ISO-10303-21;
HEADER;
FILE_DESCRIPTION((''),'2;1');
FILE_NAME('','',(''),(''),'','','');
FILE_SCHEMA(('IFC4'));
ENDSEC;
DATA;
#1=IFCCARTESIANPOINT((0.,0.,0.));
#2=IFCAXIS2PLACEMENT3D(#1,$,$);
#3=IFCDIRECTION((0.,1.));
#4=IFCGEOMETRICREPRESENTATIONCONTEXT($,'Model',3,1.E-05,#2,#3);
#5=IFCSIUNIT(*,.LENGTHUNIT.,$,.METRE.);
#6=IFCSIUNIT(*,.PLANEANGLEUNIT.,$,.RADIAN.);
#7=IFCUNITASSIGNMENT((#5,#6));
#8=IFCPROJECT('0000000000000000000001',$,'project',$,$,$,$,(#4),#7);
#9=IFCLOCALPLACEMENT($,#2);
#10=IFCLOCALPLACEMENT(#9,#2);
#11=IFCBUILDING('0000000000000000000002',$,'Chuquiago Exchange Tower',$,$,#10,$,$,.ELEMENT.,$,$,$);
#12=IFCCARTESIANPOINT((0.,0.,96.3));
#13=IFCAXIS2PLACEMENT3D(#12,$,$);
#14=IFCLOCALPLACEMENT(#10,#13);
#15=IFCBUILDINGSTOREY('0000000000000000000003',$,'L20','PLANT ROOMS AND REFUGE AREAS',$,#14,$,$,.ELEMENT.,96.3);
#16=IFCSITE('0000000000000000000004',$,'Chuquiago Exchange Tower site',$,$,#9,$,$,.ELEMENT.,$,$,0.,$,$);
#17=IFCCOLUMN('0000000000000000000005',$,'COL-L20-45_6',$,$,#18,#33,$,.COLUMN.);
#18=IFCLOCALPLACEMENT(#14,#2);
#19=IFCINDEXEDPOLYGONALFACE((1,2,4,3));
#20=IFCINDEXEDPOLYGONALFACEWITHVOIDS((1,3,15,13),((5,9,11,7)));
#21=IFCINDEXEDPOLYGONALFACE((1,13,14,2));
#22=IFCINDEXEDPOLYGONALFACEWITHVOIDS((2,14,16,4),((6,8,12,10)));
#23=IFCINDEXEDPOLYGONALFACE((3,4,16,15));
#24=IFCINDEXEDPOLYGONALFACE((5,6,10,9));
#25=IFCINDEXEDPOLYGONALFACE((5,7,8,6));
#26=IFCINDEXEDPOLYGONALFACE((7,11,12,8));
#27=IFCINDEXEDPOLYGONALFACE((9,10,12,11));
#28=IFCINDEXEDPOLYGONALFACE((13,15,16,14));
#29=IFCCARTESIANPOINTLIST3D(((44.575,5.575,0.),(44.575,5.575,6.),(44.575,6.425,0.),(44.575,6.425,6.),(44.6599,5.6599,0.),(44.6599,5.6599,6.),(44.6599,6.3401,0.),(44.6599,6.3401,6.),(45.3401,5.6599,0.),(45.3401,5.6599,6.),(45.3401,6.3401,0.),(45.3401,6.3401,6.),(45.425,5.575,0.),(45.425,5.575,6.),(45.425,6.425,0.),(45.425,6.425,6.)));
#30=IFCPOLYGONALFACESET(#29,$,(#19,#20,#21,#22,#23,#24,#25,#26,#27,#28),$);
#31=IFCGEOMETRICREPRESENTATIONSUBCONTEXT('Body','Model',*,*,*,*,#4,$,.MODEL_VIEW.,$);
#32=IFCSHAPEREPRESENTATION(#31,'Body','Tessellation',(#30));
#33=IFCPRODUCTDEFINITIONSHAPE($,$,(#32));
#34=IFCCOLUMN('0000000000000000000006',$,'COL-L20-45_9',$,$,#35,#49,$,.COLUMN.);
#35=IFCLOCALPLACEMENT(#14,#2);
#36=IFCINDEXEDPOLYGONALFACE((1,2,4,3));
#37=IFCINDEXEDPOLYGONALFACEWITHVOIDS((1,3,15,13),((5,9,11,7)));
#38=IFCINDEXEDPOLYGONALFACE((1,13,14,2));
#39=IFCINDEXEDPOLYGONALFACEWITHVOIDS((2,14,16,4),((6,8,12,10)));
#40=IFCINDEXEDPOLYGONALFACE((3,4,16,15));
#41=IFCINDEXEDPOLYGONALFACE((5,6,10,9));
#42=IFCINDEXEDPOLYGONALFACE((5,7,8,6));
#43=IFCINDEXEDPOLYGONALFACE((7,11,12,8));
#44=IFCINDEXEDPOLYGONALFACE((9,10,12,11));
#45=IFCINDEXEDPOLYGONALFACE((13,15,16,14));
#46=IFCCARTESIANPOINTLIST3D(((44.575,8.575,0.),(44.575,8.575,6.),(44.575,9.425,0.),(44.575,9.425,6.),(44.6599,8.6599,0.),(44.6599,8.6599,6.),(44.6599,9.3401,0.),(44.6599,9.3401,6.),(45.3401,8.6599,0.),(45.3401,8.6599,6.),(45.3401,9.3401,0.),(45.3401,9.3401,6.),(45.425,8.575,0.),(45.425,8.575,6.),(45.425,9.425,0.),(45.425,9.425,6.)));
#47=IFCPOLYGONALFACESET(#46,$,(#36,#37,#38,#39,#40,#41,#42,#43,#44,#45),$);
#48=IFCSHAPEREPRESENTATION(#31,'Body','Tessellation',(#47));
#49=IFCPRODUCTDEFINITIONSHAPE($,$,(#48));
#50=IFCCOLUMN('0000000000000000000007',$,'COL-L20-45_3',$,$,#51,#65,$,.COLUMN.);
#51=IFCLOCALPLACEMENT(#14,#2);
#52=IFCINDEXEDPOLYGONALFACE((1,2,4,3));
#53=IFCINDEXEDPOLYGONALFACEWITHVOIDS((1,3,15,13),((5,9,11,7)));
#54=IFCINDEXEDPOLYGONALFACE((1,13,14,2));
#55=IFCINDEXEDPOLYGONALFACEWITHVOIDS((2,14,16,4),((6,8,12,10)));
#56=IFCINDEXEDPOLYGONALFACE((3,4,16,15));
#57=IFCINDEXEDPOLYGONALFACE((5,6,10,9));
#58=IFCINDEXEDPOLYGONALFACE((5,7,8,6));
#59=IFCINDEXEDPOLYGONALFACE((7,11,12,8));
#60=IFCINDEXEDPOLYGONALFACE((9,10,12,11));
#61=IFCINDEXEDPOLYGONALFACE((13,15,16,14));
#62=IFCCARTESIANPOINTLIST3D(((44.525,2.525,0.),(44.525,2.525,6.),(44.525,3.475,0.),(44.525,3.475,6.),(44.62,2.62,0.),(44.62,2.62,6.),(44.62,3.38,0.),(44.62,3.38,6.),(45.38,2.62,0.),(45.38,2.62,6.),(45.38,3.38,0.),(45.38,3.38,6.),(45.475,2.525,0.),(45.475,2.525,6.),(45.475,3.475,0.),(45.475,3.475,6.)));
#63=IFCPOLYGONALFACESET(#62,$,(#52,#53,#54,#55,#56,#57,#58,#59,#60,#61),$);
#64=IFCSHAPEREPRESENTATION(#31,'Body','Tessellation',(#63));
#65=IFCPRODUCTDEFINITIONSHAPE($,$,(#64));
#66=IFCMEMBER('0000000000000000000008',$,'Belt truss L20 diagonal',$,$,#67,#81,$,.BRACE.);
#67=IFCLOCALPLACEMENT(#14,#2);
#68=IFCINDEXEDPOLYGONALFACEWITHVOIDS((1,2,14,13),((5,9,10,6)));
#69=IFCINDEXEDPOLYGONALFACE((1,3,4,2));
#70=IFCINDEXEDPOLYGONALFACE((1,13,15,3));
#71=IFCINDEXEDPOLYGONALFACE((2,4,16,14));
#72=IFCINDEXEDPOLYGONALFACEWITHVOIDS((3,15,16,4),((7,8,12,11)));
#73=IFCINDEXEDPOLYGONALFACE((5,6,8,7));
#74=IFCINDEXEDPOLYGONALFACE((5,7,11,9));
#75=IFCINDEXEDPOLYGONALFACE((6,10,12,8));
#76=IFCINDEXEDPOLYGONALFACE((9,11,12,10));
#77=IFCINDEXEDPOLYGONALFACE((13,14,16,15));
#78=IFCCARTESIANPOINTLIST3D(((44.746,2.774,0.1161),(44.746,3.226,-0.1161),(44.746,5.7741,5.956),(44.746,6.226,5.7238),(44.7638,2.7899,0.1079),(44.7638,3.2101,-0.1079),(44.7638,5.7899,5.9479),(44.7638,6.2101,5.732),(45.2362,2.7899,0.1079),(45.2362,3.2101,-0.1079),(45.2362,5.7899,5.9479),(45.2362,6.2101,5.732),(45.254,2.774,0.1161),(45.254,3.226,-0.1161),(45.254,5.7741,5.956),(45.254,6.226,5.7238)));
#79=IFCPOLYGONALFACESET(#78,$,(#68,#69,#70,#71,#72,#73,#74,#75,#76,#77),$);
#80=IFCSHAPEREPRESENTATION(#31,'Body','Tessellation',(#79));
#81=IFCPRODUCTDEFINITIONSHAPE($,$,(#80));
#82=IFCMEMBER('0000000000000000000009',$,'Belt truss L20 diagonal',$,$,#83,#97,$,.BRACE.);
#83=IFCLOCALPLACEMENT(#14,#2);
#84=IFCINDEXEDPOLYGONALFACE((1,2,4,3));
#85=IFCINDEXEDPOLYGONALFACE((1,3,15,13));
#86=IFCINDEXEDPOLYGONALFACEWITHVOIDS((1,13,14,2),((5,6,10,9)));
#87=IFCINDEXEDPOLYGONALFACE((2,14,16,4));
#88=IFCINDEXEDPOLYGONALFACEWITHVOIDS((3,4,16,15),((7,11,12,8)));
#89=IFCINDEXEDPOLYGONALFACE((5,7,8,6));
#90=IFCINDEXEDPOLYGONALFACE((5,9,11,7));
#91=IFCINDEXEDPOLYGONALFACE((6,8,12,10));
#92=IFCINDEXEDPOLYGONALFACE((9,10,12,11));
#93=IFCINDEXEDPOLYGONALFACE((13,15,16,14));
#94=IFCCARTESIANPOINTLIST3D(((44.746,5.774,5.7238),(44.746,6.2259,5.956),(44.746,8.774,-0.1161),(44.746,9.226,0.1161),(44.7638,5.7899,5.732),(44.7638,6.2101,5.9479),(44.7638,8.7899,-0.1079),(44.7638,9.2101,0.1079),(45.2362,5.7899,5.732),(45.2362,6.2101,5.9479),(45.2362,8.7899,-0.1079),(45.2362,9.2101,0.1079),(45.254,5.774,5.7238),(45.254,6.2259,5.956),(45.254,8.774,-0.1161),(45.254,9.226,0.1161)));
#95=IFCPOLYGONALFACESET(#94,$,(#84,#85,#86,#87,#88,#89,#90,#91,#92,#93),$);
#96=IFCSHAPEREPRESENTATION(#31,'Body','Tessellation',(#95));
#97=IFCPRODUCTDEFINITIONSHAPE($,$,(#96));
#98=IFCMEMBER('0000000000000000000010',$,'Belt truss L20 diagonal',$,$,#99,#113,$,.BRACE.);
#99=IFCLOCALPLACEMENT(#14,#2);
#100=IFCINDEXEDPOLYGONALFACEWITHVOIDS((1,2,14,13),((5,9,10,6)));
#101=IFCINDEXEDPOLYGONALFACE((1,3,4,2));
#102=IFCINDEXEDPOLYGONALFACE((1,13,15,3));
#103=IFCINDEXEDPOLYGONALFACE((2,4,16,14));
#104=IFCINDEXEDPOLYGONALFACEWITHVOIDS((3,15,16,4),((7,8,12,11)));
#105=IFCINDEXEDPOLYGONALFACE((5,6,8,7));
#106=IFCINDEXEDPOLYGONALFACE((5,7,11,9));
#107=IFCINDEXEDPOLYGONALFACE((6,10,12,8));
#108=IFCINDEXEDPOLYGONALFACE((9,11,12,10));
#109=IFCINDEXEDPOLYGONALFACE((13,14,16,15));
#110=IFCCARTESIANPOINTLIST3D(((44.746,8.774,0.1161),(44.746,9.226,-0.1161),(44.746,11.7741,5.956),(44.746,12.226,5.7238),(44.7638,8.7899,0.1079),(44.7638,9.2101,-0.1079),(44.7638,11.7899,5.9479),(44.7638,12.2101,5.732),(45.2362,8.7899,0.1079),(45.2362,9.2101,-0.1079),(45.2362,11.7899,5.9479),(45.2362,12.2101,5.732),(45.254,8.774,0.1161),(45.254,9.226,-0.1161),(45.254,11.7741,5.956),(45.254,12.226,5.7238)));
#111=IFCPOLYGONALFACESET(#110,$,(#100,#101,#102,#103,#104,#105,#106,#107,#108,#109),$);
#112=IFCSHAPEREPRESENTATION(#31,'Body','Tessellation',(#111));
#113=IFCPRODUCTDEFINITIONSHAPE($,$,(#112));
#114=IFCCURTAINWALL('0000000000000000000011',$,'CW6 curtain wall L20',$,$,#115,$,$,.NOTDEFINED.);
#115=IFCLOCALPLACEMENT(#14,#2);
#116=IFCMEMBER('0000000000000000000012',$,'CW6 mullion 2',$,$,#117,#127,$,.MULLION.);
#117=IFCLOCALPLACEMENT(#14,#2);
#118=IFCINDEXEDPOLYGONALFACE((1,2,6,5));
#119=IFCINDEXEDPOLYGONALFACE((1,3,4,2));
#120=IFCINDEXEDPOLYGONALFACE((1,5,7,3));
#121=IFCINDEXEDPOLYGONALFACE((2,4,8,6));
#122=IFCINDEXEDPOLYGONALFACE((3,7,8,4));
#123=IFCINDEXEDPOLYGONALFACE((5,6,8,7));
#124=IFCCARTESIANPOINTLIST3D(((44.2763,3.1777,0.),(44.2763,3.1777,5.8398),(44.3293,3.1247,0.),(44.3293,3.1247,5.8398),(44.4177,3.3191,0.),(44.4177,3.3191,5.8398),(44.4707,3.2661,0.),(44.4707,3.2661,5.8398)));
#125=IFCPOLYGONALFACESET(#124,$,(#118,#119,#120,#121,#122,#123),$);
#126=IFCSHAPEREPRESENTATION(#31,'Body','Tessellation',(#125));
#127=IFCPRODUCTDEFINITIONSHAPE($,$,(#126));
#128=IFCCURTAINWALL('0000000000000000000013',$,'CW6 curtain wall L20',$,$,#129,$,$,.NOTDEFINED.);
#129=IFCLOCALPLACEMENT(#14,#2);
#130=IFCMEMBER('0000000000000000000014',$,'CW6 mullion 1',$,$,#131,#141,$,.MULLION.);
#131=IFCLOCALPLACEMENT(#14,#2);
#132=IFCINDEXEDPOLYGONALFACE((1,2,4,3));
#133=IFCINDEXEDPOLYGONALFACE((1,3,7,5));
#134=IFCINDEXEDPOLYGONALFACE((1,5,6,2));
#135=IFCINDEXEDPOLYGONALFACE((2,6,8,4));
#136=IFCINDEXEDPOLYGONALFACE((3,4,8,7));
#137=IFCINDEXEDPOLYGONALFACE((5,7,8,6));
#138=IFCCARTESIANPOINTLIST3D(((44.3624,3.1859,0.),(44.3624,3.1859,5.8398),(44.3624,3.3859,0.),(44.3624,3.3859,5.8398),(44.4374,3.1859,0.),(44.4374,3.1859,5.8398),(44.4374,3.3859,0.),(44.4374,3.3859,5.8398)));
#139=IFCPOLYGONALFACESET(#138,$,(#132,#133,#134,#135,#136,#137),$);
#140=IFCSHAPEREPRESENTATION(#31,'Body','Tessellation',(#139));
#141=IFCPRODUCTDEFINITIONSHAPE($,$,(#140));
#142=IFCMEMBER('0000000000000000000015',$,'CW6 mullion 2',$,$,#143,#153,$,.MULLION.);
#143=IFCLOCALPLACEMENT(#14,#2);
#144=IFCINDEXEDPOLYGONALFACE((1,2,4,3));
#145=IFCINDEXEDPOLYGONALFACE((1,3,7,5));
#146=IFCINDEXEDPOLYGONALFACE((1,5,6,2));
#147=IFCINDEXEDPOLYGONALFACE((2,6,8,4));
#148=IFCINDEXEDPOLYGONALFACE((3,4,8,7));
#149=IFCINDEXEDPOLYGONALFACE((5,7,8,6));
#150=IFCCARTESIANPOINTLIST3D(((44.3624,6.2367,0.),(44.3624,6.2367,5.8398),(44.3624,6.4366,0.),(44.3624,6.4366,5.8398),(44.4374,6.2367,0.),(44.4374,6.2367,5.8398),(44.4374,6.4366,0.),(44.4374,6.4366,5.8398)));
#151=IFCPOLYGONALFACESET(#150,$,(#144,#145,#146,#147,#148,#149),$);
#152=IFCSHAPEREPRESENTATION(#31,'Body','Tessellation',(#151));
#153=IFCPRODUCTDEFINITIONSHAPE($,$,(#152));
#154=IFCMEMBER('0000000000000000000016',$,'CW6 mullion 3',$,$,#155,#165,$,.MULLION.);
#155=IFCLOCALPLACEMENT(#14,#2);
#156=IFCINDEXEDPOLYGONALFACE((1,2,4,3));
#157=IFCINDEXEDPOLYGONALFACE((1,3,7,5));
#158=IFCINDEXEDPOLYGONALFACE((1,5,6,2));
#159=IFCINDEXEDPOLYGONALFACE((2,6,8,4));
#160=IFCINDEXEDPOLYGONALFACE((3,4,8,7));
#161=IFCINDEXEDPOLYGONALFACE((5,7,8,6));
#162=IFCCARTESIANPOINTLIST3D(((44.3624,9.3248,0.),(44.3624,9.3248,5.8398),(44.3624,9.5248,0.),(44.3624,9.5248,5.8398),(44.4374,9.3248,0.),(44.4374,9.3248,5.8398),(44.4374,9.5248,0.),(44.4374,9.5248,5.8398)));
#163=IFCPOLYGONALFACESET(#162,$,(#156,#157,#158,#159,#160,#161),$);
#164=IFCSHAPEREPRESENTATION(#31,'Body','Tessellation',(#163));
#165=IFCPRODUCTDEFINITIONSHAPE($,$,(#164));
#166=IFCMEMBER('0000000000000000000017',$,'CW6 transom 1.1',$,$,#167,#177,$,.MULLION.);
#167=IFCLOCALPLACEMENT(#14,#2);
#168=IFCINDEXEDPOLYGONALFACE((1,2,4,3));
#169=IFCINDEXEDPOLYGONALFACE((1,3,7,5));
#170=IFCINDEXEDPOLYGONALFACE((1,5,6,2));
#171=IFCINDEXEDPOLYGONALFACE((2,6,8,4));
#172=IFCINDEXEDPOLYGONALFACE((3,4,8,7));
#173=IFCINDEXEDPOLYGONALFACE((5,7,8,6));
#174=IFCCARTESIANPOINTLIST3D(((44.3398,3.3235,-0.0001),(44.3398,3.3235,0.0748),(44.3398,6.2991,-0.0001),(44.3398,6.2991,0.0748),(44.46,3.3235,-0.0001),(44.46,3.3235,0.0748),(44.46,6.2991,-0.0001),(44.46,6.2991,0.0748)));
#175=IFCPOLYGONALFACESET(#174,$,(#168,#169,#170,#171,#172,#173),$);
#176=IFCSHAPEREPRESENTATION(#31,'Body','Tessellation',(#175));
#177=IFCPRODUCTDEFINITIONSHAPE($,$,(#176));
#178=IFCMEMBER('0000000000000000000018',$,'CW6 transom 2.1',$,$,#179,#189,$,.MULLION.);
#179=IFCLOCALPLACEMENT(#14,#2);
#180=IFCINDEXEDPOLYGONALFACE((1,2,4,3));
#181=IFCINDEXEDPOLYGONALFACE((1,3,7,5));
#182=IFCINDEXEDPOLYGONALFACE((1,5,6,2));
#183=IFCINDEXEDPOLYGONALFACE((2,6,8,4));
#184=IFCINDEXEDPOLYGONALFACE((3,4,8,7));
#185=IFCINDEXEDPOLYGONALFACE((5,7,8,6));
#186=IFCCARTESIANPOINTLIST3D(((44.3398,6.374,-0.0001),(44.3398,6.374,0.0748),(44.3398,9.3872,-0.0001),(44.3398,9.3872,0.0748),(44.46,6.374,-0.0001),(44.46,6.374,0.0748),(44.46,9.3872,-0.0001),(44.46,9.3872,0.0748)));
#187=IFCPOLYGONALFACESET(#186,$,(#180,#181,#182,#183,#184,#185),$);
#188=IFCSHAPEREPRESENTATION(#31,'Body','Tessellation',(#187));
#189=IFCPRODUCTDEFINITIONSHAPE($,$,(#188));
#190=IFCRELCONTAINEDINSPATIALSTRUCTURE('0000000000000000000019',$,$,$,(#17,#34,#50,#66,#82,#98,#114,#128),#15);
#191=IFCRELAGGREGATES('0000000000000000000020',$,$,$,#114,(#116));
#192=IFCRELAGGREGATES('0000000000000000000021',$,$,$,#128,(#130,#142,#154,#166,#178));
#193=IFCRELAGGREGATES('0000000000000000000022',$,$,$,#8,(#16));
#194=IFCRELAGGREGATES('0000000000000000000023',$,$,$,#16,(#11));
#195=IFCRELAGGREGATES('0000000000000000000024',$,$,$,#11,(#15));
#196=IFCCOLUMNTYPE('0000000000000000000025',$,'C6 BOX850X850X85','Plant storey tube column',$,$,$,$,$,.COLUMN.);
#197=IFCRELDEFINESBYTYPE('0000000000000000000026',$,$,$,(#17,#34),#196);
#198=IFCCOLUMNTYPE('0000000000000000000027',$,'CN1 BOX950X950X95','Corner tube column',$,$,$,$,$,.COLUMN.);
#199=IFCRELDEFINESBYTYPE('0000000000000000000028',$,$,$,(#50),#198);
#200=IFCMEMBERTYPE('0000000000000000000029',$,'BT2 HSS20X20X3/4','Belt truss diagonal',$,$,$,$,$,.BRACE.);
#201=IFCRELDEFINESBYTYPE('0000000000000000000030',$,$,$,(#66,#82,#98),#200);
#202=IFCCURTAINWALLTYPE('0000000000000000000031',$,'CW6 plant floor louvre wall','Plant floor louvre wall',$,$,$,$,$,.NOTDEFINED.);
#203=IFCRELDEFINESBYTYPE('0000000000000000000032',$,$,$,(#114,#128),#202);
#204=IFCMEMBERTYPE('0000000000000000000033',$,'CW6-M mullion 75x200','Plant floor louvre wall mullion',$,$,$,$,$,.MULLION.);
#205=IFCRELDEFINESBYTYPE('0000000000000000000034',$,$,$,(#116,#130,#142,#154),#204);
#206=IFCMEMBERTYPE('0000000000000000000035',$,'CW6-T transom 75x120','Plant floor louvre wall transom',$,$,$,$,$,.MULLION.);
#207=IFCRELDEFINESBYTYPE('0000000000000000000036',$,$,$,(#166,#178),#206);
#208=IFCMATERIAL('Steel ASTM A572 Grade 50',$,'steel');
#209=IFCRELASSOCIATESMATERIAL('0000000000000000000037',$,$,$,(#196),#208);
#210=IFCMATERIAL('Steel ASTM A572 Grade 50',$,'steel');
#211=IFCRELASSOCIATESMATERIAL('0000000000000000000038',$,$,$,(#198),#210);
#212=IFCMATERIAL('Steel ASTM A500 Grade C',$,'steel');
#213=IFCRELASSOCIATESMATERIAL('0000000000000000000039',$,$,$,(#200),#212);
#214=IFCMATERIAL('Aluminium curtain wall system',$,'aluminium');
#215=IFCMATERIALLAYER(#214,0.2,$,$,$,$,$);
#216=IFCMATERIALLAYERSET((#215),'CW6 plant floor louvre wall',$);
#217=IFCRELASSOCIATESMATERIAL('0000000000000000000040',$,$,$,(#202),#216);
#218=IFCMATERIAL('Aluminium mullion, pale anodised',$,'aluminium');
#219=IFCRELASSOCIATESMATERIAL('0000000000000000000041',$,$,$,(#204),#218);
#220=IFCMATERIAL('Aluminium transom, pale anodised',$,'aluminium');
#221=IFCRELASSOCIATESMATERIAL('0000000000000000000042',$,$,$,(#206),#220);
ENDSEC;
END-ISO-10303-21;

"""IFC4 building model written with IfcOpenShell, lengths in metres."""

from ifc_helpers import new_model, si_unit, direction, frame, origin, origin_2d, place, context, subcontext, project, spatial, rectangle, hollow_rectangle, extrude, material, layer, layer_set, material_profile, profile_set, type_object, element, aggregate, save


model = new_model("IFC4")

# Units and contexts
model_context = context("Model", 3, precision=1e-05, world=origin(), true_north=direction((0.0, 1.0)))
body_context = subcontext(model_context, "Body", "Model", "MODEL_VIEW")
ifc_project = project(units=[si_unit("LENGTHUNIT", "METRE"), si_unit("PLANEANGLEUNIT", "RADIAN")], contexts=[model_context])

# Site, building, storey
site_placement = place(None, origin())
site = spatial("IfcSite", under=ifc_project, at=site_placement, Name="Chuquiago Exchange Tower site", CompositionType="ELEMENT", RefElevation=0.0)
building_placement = place(site_placement, origin())
building = spatial("IfcBuilding", under=site, at=building_placement, Name="Chuquiago Exchange Tower", CompositionType="ELEMENT")
storey_placement = place(building_placement, frame((0.0, 0.0, 96.3)))
storey = spatial("IfcBuildingStorey", under=building, at=storey_placement, Name="L20", Description="PLANT ROOMS AND REFUGE AREAS", CompositionType="ELEMENT", Elevation=96.3)

# Columns
ifc_material_1 = material(Name="Steel ASTM A572 Grade 50", Category="steel")
ifc_material_profile_1 = material_profile(ifc_material_1, hollow_rectangle(XDim=0.8501, YDim=0.8501, WallThickness=0.085, at=origin_2d()), Name="BOX850X850X85")
ifc_profile_set_1 = profile_set([ifc_material_profile_1], Name="Steel ASTM A572 Grade 50")
column_type_1 = type_object("IfcColumnType", Name="C6 BOX850X850X85", Description="Plant storey tube column", PredefinedType="COLUMN", material=ifc_profile_set_1)
for number, where, z_axis, x_axis, name in (
    (1, (45.0, 6.0, 0.0), (0.0, 0.0, 1.0), (1.0, 0.0, 0.0), "COL-L20-45_6"),
    (2, (45.0, 9.0, 0.0), (0.0, 0.0, 1.0), (1.0, 0.0, 0.0), "COL-L20-45_9"),
):
    element("IfcColumn", number, at=place(storey_placement, frame(where, z_axis=z_axis, x_axis=x_axis)), inside=storey, type_object=column_type_1, Name=name, PredefinedType="COLUMN", context=body_context, shape_type="SweptSolid", body=[
        extrude(hollow_rectangle(XDim=0.8501, YDim=0.8501, WallThickness=0.085, at=origin_2d()), origin(), (0.0, 0.0, 1.0), 6.0),
    ])
ifc_material_2 = material(Name="Steel ASTM A572 Grade 50", Category="steel")
ifc_material_profile_2 = material_profile(ifc_material_2, hollow_rectangle(XDim=0.95, YDim=0.95, WallThickness=0.095, at=origin_2d()), Name="BOX950X950X95")
ifc_profile_set_2 = profile_set([ifc_material_profile_2], Name="Steel ASTM A572 Grade 50")
column_type_2 = type_object("IfcColumnType", Name="CN1 BOX950X950X95", Description="Corner tube column", PredefinedType="COLUMN", material=ifc_profile_set_2)
column_placement = place(storey_placement, frame((45.0, 3.0, 0.0), z_axis=(0.0, 0.0, 1.0), x_axis=(1.0, 0.0, 0.0)))
element("IfcColumn", 3, at=column_placement, inside=storey, type_object=column_type_2, Name="COL-L20-45_3", PredefinedType="COLUMN", context=body_context, shape_type="SweptSolid", body=[
    extrude(hollow_rectangle(XDim=0.95, YDim=0.95, WallThickness=0.095, at=origin_2d()), origin(), (0.0, 0.0, 1.0), 6.0),
])

# Members
ifc_material_3 = material(Name="Steel ASTM A500 Grade C", Category="steel")
ifc_material_profile_3 = material_profile(ifc_material_3, hollow_rectangle(XDim=0.5081, YDim=0.5081, WallThickness=0.0178, at=origin_2d()), Name="HSS20X20X3/4")
ifc_profile_set_3 = profile_set([ifc_material_profile_3], Name="Steel ASTM A500 Grade C")
member_type_1 = type_object("IfcMemberType", Name="BT2 HSS20X20X3/4", Description="Belt truss diagonal", PredefinedType="BRACE", material=ifc_profile_set_3)
for number, where, z_axis, x_axis, name in (
    (4, (45.0, 3.0, 0.0), (0.0, 0.456945, 0.889495), (-1.0, 0.0, 0.0), "Belt truss L20 diagonal"),
    (5, (45.0, 9.0, 0.0), (0.0, -0.456945, 0.889495), (1.0, 0.0, 0.0), "Belt truss L20 diagonal"),
    (6, (45.0, 9.0, 0.0), (0.0, 0.456945, 0.889495), (-1.0, 0.0, 0.0), "Belt truss L20 diagonal"),
):
    element("IfcMember", number, at=place(storey_placement, frame(where, z_axis=z_axis, x_axis=x_axis)), inside=storey, type_object=member_type_1, Name=name, PredefinedType="BRACE", context=body_context, shape_type="SweptSolid", body=[
        extrude(hollow_rectangle(XDim=0.5081, YDim=0.5081, WallThickness=0.0178, at=origin_2d()), origin(), (0.0, 0.0, 1.0), 6.5654),
    ])

# Curtain wall, member
ifc_material_4 = material(Name="Aluminium curtain wall system", Category="aluminium")
ifc_layer_1 = layer(ifc_material_4, 0.2)
ifc_layer_set_1 = layer_set([ifc_layer_1], Name="CW6 plant floor louvre wall")
curtain_wall_type = type_object("IfcCurtainWallType", Name="CW6 plant floor louvre wall", Description="Plant floor louvre wall", PredefinedType="NOTDEFINED", material=ifc_layer_set_1)
curtain_wall_1_placement = place(storey_placement, origin())
curtain_wall_1 = element("IfcCurtainWall", 7, at=curtain_wall_1_placement, inside=storey, type_object=curtain_wall_type, Name="CW6 curtain wall L20", PredefinedType="NOTDEFINED")
ifc_material_5 = material(Name="Aluminium mullion, pale anodised", Category="aluminium")
ifc_material_profile_4 = material_profile(ifc_material_5, rectangle(XDim=0.075, YDim=0.2, at=origin_2d()), Name="AL 75x200")
ifc_profile_set_4 = profile_set([ifc_material_profile_4], Name="Aluminium mullion, pale anodised")
member_type_2 = type_object("IfcMemberType", Name="CW6-M mullion 75x200", Description="Plant floor louvre wall mullion", PredefinedType="MULLION", material=ifc_profile_set_4)
member_1_placement = place(storey_placement, frame((44.3735, 3.2219, 0.0), z_axis=(0.0, 0.0, 1.0), x_axis=(-0.707107, 0.707107, 0.0)))
member_1 = element("IfcMember", 8, at=member_1_placement, type_object=member_type_2, Name="CW6 mullion 2", PredefinedType="MULLION", context=body_context, shape_type="SweptSolid", body=[
    extrude(rectangle(XDim=0.075, YDim=0.2, at=origin_2d()), origin(), (0.0, 0.0, 1.0), 5.8398),
])
aggregate(curtain_wall_1, [member_1])

# Curtain wall, members
curtain_wall_2_placement = place(storey_placement, origin())
curtain_wall_2 = element("IfcCurtainWall", 9, at=curtain_wall_2_placement, inside=storey, type_object=curtain_wall_type, Name="CW6 curtain wall L20", PredefinedType="NOTDEFINED")
member_2_placement = place(storey_placement, frame((44.3999, 3.2859, 0.0), z_axis=(0.0, 0.0, 1.0), x_axis=(-1.0, 0.0, 0.0)))
member_2 = element("IfcMember", 10, at=member_2_placement, type_object=member_type_2, Name="CW6 mullion 1", PredefinedType="MULLION", context=body_context, shape_type="SweptSolid", body=[
    extrude(rectangle(XDim=0.075, YDim=0.2, at=origin_2d()), origin(), (0.0, 0.0, 1.0), 5.8398),
])
member_3_placement = place(storey_placement, frame((44.3999, 6.3367, 0.0), z_axis=(0.0, 0.0, 1.0), x_axis=(-1.0, 0.0, 0.0)))
member_3 = element("IfcMember", 11, at=member_3_placement, type_object=member_type_2, Name="CW6 mullion 2", PredefinedType="MULLION", context=body_context, shape_type="SweptSolid", body=[
    extrude(rectangle(XDim=0.075, YDim=0.2, at=origin_2d()), origin(), (0.0, 0.0, 1.0), 5.8398),
])
member_4_placement = place(storey_placement, frame((44.3999, 9.4248, 0.0), z_axis=(0.0, 0.0, 1.0), x_axis=(-1.0, 0.0, 0.0)))
member_4 = element("IfcMember", 12, at=member_4_placement, type_object=member_type_2, Name="CW6 mullion 3", PredefinedType="MULLION", context=body_context, shape_type="SweptSolid", body=[
    extrude(rectangle(XDim=0.075, YDim=0.2, at=origin_2d()), origin(), (0.0, 0.0, 1.0), 5.8398),
])
ifc_material_6 = material(Name="Aluminium transom, pale anodised", Category="aluminium")
ifc_material_profile_5 = material_profile(ifc_material_6, rectangle(XDim=0.1201, YDim=0.075, at=origin_2d()), Name="AL 120x75")
ifc_profile_set_5 = profile_set([ifc_material_profile_5], Name="Aluminium transom, pale anodised")
member_type_3 = type_object("IfcMemberType", Name="CW6-T transom 75x120", Description="Plant floor louvre wall transom", PredefinedType="MULLION", material=ifc_profile_set_5)
member_5_placement = place(storey_placement, frame((44.3999, 3.3235, 0.0374), z_axis=(0.0, 1.0, 0.0), x_axis=(-1.0, 0.0, 0.0)))
member_5 = element("IfcMember", 13, at=member_5_placement, type_object=member_type_3, Name="CW6 transom 1.1", PredefinedType="MULLION", context=body_context, shape_type="SweptSolid", body=[
    extrude(rectangle(XDim=0.1201, YDim=0.075, at=origin_2d()), origin(), (0.0, 0.0, 1.0), 2.9756),
])
member_6_placement = place(storey_placement, frame((44.3999, 6.374, 0.0374), z_axis=(0.0, 1.0, 0.0), x_axis=(-1.0, 0.0, 0.0)))
member_6 = element("IfcMember", 14, at=member_6_placement, type_object=member_type_3, Name="CW6 transom 2.1", PredefinedType="MULLION", context=body_context, shape_type="SweptSolid", body=[
    extrude(rectangle(XDim=0.1201, YDim=0.075, at=origin_2d()), origin(), (0.0, 0.0, 1.0), 3.0132),
])

aggregate(curtain_wall_2, [member_2, member_3, member_4, member_5, member_6])

save(model, "model.ifc")
